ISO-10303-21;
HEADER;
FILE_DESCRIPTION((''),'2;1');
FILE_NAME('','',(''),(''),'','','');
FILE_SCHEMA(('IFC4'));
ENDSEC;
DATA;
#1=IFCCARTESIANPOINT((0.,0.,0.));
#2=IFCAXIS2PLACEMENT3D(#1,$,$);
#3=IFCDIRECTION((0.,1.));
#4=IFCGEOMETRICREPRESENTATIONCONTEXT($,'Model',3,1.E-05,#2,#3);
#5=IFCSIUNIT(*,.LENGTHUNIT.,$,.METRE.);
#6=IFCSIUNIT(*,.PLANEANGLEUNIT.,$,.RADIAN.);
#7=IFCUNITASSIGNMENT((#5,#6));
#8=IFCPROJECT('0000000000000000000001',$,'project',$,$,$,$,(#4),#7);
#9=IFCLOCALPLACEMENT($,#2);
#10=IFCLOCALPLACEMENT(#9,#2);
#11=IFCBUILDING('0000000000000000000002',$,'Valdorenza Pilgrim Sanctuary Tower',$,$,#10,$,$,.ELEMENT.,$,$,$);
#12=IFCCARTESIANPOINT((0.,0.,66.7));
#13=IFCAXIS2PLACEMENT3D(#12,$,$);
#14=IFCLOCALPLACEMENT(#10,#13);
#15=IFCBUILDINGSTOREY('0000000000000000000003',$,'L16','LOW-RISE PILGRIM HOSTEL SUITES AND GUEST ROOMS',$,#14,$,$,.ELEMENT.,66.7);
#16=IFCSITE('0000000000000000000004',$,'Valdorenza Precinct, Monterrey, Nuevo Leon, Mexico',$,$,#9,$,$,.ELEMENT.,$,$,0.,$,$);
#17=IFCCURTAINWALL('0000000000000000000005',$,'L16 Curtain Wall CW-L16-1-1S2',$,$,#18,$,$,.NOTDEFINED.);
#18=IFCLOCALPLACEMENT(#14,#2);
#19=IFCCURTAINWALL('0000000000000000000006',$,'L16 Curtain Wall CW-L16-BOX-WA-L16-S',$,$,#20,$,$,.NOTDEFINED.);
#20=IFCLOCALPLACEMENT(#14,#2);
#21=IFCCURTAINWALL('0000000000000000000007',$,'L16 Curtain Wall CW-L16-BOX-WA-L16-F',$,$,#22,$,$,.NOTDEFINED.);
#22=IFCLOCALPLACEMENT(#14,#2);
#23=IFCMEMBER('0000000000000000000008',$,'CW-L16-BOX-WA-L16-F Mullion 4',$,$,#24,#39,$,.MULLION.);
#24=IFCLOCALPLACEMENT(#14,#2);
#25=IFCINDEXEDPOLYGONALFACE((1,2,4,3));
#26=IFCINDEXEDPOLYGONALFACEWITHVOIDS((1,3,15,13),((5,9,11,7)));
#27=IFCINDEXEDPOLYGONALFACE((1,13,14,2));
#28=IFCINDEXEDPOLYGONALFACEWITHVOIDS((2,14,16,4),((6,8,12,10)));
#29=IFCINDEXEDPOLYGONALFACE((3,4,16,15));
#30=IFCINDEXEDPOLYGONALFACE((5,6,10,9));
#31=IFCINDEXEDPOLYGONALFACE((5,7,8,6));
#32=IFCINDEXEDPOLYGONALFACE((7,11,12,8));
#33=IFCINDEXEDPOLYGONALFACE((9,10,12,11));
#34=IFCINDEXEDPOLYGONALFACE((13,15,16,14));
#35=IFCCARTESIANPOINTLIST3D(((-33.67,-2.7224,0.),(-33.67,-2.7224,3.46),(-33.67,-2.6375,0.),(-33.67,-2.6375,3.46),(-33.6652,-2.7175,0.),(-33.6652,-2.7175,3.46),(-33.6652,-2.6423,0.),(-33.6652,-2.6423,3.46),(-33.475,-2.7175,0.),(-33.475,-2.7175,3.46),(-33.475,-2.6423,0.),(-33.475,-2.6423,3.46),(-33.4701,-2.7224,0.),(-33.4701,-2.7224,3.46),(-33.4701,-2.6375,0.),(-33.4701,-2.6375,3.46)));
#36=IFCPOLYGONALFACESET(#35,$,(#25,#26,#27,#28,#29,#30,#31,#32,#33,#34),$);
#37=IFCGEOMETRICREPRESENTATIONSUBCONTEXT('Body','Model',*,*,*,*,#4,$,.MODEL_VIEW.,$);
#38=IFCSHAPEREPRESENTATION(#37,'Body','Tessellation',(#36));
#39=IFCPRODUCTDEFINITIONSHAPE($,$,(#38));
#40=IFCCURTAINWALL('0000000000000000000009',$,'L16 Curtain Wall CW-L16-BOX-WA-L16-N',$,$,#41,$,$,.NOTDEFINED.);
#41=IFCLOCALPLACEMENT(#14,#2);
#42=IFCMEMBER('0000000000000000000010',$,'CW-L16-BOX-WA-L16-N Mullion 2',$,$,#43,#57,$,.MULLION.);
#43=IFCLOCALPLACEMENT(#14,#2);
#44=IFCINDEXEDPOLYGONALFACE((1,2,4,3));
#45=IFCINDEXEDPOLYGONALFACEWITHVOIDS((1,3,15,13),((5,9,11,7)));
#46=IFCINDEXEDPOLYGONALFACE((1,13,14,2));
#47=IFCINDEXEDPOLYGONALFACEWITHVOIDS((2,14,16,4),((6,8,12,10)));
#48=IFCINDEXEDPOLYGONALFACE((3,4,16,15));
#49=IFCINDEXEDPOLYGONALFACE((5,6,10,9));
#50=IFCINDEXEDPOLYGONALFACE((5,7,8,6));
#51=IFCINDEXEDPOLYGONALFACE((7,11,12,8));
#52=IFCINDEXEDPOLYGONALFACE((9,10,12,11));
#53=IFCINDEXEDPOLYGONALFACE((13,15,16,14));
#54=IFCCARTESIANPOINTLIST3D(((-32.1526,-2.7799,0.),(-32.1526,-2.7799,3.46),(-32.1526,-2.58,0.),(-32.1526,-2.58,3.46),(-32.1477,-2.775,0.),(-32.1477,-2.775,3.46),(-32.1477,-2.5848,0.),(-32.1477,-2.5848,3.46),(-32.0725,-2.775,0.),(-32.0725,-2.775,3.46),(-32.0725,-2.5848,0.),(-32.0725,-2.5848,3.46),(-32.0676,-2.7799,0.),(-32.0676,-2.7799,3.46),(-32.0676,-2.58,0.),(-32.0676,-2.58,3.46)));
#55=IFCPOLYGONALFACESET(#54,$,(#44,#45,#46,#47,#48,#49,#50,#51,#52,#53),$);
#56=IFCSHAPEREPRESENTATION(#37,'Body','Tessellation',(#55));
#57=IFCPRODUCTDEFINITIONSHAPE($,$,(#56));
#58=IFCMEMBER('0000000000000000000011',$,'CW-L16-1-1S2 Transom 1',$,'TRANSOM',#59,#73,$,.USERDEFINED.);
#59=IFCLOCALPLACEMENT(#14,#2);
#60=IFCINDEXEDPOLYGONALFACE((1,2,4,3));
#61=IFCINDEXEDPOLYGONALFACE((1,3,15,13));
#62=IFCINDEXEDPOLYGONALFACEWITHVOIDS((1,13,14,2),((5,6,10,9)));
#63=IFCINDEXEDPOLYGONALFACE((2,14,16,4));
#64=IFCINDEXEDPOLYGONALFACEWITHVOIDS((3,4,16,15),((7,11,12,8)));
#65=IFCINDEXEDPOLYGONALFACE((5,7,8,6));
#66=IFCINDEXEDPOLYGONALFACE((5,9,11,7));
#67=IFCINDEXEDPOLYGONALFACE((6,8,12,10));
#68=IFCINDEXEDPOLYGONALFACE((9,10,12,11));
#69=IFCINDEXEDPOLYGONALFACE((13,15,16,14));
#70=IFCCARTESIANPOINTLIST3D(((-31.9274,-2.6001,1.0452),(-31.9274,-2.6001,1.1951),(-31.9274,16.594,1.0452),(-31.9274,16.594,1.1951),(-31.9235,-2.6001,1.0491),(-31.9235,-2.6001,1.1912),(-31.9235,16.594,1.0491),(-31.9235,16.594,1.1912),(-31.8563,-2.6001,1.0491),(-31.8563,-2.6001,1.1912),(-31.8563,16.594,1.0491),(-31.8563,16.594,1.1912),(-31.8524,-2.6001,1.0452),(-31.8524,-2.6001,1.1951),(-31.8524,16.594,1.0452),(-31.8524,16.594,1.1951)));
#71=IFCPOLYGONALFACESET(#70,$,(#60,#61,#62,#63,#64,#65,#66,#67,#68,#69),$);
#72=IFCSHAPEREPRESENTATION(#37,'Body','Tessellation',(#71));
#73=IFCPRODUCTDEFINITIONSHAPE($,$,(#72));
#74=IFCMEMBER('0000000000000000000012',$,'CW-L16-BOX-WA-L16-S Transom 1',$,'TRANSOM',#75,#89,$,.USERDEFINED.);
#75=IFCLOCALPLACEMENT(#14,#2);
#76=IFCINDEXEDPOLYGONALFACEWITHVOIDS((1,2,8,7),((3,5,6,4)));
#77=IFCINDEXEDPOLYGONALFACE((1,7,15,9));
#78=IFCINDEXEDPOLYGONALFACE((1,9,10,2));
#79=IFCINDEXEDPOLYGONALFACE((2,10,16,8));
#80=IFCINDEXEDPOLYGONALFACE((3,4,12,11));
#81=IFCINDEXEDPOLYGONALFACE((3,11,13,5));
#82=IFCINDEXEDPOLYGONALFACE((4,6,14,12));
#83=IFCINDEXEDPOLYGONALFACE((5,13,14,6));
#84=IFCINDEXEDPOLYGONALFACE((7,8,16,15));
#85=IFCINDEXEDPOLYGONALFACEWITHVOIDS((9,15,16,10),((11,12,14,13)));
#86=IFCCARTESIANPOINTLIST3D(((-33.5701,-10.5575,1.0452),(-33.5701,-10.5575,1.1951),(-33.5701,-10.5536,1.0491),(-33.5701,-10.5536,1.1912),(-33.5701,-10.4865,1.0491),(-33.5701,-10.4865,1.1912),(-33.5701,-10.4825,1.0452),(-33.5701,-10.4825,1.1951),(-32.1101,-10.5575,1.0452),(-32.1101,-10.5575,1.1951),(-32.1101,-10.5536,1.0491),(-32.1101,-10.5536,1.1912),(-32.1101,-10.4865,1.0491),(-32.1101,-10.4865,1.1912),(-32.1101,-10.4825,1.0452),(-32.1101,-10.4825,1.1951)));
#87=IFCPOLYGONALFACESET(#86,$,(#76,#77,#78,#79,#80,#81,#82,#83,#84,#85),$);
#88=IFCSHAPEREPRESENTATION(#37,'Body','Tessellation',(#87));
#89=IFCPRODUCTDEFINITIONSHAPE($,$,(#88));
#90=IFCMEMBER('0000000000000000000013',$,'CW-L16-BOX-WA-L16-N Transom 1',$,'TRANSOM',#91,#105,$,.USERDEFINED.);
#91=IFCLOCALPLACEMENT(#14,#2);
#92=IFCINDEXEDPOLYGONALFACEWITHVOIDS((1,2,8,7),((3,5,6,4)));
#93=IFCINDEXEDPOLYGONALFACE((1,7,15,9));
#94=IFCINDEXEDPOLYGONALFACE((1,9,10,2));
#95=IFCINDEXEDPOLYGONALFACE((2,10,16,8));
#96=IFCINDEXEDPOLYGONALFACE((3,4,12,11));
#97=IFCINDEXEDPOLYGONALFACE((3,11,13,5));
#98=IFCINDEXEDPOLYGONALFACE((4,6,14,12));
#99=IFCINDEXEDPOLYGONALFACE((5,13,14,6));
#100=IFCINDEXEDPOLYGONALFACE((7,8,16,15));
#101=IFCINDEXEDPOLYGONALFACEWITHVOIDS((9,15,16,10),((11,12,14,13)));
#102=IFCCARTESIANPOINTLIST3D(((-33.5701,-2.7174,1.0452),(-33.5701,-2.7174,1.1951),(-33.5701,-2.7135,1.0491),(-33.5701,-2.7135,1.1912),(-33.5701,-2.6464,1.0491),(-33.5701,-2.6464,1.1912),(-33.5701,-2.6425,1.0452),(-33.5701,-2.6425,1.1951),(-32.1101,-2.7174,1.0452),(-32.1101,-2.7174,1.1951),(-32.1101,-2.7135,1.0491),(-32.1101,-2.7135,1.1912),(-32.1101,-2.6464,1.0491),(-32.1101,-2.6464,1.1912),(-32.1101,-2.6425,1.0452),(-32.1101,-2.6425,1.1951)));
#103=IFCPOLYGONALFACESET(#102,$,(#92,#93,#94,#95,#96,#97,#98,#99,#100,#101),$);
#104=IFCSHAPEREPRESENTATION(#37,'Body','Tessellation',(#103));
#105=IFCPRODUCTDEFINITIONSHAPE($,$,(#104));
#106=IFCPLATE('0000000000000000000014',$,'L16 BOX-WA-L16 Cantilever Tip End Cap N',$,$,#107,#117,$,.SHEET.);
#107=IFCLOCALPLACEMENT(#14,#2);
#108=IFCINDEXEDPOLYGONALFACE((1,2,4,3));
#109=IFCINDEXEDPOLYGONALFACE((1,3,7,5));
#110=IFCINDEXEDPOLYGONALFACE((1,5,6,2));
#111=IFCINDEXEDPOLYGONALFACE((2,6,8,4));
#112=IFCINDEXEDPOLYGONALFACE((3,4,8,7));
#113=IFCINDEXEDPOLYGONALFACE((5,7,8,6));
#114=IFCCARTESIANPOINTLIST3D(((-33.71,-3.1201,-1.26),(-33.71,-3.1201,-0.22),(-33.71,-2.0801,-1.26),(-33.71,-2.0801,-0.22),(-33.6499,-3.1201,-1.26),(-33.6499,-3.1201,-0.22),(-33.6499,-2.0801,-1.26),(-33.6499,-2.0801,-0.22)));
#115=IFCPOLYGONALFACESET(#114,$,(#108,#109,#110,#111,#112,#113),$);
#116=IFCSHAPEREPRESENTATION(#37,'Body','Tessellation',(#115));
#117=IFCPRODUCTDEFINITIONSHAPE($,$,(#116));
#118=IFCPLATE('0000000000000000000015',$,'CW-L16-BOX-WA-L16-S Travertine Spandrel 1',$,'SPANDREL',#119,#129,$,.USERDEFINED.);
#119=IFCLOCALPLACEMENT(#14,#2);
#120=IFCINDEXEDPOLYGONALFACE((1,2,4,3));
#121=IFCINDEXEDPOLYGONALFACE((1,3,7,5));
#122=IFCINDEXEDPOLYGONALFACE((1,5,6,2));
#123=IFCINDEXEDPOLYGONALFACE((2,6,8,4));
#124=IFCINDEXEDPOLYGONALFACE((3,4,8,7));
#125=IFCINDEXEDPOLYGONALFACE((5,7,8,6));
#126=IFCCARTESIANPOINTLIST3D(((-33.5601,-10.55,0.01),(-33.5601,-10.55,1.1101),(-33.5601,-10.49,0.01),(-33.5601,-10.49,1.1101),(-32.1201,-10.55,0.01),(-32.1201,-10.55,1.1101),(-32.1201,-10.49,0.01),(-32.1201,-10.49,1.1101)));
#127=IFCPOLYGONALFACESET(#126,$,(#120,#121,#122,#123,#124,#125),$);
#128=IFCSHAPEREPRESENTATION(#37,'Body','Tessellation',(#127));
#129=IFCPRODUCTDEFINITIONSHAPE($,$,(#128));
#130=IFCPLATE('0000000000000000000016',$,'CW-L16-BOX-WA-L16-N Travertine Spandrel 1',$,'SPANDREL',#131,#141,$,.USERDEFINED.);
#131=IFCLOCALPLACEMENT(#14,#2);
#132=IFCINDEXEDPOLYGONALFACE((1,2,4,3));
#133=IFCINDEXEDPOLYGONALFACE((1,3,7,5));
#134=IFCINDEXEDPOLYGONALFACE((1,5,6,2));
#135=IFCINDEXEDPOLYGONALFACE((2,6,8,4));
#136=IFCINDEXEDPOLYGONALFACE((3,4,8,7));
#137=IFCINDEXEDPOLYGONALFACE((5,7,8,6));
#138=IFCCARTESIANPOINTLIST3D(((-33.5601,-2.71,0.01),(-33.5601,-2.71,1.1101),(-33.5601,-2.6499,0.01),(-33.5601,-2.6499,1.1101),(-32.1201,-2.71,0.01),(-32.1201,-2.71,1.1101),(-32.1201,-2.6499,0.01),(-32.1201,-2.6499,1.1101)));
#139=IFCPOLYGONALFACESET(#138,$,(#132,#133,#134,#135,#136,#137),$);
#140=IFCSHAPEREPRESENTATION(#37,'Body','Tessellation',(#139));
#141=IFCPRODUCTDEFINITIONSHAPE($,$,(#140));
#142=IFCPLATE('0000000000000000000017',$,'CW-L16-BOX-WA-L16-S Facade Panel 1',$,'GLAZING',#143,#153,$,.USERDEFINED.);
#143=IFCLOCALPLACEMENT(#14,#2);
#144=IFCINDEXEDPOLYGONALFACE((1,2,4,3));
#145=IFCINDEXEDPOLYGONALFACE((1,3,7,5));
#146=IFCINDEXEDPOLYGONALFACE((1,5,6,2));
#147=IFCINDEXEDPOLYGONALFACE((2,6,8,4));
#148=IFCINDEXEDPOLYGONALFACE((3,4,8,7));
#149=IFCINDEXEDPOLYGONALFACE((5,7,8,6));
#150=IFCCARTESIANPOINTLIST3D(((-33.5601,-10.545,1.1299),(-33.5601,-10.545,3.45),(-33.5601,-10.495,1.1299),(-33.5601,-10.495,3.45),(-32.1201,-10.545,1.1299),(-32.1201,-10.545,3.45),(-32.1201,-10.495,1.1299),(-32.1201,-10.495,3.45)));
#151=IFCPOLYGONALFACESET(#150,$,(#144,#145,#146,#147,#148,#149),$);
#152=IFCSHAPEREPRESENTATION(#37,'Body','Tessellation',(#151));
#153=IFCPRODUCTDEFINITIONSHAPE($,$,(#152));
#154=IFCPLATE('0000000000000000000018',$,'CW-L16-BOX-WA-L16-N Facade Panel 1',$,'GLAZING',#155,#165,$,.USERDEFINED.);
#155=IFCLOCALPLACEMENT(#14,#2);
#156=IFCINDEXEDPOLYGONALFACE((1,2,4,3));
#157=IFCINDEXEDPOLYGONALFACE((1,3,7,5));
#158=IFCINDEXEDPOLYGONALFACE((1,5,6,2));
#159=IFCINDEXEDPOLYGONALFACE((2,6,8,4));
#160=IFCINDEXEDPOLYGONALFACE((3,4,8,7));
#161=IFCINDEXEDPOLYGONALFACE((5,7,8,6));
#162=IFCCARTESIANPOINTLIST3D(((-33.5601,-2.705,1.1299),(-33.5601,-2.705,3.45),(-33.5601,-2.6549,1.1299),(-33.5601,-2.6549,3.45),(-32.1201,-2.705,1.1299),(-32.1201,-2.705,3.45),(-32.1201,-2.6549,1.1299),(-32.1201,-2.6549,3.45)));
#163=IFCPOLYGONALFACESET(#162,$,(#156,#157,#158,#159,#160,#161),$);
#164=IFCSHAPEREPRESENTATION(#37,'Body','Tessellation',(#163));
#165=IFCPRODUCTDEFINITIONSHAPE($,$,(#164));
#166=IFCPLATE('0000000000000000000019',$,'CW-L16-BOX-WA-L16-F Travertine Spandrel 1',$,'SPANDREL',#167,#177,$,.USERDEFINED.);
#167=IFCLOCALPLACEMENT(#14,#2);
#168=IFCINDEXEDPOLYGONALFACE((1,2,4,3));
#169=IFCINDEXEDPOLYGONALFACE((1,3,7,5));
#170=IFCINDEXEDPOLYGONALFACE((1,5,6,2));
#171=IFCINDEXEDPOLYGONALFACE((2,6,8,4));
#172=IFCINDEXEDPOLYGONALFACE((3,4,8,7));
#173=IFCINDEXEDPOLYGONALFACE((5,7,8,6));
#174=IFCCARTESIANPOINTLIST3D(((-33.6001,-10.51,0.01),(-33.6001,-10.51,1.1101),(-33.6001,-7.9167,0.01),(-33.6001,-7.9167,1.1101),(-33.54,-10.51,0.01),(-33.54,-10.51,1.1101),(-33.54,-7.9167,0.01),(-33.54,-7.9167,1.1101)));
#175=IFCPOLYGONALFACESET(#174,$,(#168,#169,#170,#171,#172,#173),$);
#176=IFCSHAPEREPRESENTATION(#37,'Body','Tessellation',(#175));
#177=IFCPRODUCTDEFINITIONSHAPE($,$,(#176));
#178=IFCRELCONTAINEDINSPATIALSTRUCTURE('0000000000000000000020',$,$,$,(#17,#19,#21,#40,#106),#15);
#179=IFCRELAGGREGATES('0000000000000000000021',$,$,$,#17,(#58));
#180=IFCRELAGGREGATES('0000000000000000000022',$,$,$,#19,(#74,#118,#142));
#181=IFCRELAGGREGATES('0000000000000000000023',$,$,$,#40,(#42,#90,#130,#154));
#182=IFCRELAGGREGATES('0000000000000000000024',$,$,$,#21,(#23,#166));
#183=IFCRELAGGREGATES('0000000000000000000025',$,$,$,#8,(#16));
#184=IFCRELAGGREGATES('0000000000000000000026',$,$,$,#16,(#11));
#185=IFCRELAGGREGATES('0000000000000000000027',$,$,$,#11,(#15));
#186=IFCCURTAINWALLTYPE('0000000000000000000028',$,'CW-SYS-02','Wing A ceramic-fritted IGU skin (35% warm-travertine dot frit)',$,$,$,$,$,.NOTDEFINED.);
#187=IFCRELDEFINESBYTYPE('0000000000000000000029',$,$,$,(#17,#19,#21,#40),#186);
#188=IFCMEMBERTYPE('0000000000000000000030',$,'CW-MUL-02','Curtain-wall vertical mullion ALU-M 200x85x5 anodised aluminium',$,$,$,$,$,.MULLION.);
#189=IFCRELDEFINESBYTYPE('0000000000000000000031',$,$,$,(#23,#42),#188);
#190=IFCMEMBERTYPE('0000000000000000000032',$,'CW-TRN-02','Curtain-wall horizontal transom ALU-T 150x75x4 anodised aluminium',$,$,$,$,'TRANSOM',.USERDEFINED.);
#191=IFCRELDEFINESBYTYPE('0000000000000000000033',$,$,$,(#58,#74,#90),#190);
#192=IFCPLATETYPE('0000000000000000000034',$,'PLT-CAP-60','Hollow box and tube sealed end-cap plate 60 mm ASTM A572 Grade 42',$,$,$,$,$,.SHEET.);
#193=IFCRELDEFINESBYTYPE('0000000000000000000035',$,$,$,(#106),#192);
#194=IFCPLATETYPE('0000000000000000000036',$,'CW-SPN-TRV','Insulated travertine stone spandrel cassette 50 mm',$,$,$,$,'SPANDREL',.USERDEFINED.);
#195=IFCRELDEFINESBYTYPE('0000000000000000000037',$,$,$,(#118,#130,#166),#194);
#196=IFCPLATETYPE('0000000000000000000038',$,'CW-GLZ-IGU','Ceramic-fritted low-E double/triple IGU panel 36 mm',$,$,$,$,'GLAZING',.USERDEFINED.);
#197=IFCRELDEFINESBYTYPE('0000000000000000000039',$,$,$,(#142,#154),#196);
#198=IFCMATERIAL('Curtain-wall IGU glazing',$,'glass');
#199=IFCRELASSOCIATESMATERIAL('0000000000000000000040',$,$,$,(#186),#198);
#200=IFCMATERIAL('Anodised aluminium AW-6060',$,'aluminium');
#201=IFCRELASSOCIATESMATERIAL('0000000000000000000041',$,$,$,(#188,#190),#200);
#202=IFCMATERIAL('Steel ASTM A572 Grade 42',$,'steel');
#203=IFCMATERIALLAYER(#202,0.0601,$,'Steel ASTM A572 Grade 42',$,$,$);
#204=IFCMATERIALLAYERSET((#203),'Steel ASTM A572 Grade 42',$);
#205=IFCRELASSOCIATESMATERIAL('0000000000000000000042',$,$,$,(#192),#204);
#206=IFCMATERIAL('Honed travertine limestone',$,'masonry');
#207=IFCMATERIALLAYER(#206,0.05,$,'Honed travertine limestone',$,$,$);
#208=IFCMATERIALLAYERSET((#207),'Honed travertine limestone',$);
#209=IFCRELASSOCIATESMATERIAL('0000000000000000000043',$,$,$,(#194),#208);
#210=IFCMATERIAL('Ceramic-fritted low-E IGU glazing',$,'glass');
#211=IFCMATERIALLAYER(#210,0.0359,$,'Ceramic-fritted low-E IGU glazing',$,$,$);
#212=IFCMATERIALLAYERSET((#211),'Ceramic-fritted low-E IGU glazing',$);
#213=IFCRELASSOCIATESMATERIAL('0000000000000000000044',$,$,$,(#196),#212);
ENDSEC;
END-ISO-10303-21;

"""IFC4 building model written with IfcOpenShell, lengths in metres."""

from ifc_helpers import new_model, si_unit, direction, frame, origin, origin_2d, place, context, subcontext, project, spatial, rectangle, hollow_rectangle, extrude, source, transform, mapped, material, layer, layer_set, material_profile, profile_set, type_object, element, aggregate, save


model = new_model("IFC4")

# Units and contexts
model_context = context("Model", 3, precision=1e-05, world=origin(), true_north=direction((0.0, 1.0)))
body_context = subcontext(model_context, "Body", "Model", "MODEL_VIEW")
ifc_project = project(units=[si_unit("LENGTHUNIT", "METRE"), si_unit("PLANEANGLEUNIT", "RADIAN")], contexts=[model_context])

# Site, building, storey
site_placement = place(None, origin())
site = spatial("IfcSite", under=ifc_project, at=site_placement, Name="Valdorenza Precinct, Monterrey, Nuevo Leon, Mexico", CompositionType="ELEMENT", RefElevation=0.0)
building_placement = place(site_placement, origin())
building = spatial("IfcBuilding", under=site, at=building_placement, Name="Valdorenza Pilgrim Sanctuary Tower", CompositionType="ELEMENT")
storey_placement = place(building_placement, frame((0.0, 0.0, 66.7)))
storey = spatial("IfcBuildingStorey", under=building, at=storey_placement, Name="L16", Description="LOW-RISE PILGRIM HOSTEL SUITES AND GUEST ROOMS", CompositionType="ELEMENT", Elevation=66.7)

# Shared definitions
ifc_material_1 = material(Name="Steel ASTM A572 Grade 42", Category="steel")

# Curtain walls
ifc_material_2 = material(Name="Curtain-wall IGU glazing", Category="glass")
curtain_wall_type = type_object("IfcCurtainWallType", Name="CW-SYS-02", Description="Wing A ceramic-fritted IGU skin (35% warm-travertine dot frit)", PredefinedType="NOTDEFINED", material=ifc_material_2)
curtain_wall_1_placement = place(storey_placement, origin())
curtain_wall_1 = element("IfcCurtainWall", 1, at=curtain_wall_1_placement, inside=storey, type_object=curtain_wall_type, Name="L16 Curtain Wall CW-L16-1-1S2", PredefinedType="NOTDEFINED")
ifc_material_3 = material(Name="Anodised aluminium AW-6060", Category="aluminium")
ifc_material_profile_1 = material_profile(ifc_material_3, hollow_rectangle(XDim=0.085, YDim=0.2, WallThickness=0.0049, at=origin_2d()), Name="ALU-M 200x85x5")
ifc_profile_set_1 = profile_set([ifc_material_profile_1], Name="Anodised aluminium AW-6060")
member_type_1 = type_object("IfcMemberType", Name="CW-MUL-02", Description="Curtain-wall vertical mullion ALU-M 200x85x5 anodised aluminium", PredefinedType="MULLION", material=ifc_profile_set_1)
shared_shape_1 = source(origin(), body_context, "Body", "SweptSolid", [
    extrude(hollow_rectangle(XDim=0.085, YDim=0.2, WallThickness=0.0049, at=origin_2d()), origin(), (0.0, 0.0, 1.0), 3.46),
])
curtain_wall_2_placement = place(storey_placement, origin())
curtain_wall_2 = element("IfcCurtainWall", 2, at=curtain_wall_2_placement, inside=storey, type_object=curtain_wall_type, Name="L16 Curtain Wall CW-L16-BOX-WA-L16-S", PredefinedType="NOTDEFINED")

# Curtain wall, member
curtain_wall_3_placement = place(storey_placement, origin())
curtain_wall_3 = element("IfcCurtainWall", 3, at=curtain_wall_3_placement, inside=storey, type_object=curtain_wall_type, Name="L16 Curtain Wall CW-L16-BOX-WA-L16-F", PredefinedType="NOTDEFINED")
member_1_placement = place(storey_placement, frame((-33.5701, -2.6799, 0.0), z_axis=(0.0, 0.0, 1.0), x_axis=(0.0, 1.0, 0.0)))
member_1 = element("IfcMember", 4, at=member_1_placement, type_object=member_type_1, Name="CW-L16-BOX-WA-L16-F Mullion 4", PredefinedType="MULLION", context=body_context, shape_type="MappedRepresentation", body=[
    mapped(shared_shape_1, transform((0.0, 0.0, 0.0), x_axis=(1.0, 0.0, 0.0), y_axis=(0.0, 1.0, 0.0), z_axis=(0.0, 0.0, 1.0), scale=1.0)),
])

# Curtain wall, member
curtain_wall_4_placement = place(storey_placement, origin())
curtain_wall_4 = element("IfcCurtainWall", 5, at=curtain_wall_4_placement, inside=storey, type_object=curtain_wall_type, Name="L16 Curtain Wall CW-L16-BOX-WA-L16-N", PredefinedType="NOTDEFINED")
member_2_placement = place(storey_placement, frame((-32.1101, -2.6799, 0.0), z_axis=(0.0, 0.0, 1.0), x_axis=(1.0, 0.0, 0.0)))
member_2 = element("IfcMember", 6, at=member_2_placement, type_object=member_type_1, Name="CW-L16-BOX-WA-L16-N Mullion 2", PredefinedType="MULLION", context=body_context, shape_type="MappedRepresentation", body=[
    mapped(shared_shape_1, transform((0.0, 0.0, 0.0), x_axis=(1.0, 0.0, 0.0), y_axis=(0.0, 1.0, 0.0), z_axis=(0.0, 0.0, 1.0), scale=1.0)),
])

# Members
ifc_material_profile_2 = material_profile(ifc_material_3, hollow_rectangle(XDim=0.075, YDim=0.1499, WallThickness=0.0039, at=origin_2d()), Name="ALU-T 150x75x4")
ifc_profile_set_2 = profile_set([ifc_material_profile_2], Name="Anodised aluminium AW-6060")
member_type_2 = type_object("IfcMemberType", Name="CW-TRN-02", Description="Curtain-wall horizontal transom ALU-T 150x75x4 anodised aluminium", ElementType="TRANSOM", PredefinedType="USERDEFINED", material=ifc_profile_set_2)
shared_shape_2 = source(origin(), body_context, "Body", "SweptSolid", [
    extrude(hollow_rectangle(XDim=0.075, YDim=0.1499, WallThickness=0.0039, at=origin_2d()), origin(), (0.0, 0.0, 1.0), 19.1941),
])
member_3_placement = place(storey_placement, frame((-31.8899, -2.6001, 1.1201), z_axis=(0.0, 1.0, 0.0), x_axis=(-1.0, 0.0, 0.0)))
member_3 = element("IfcMember", 7, at=member_3_placement, type_object=member_type_2, Name="CW-L16-1-1S2 Transom 1", ObjectType="TRANSOM", PredefinedType="USERDEFINED", context=body_context, shape_type="MappedRepresentation", body=[
    mapped(shared_shape_2, transform((0.0, 0.0, 0.0), x_axis=(1.0, 0.0, 0.0), y_axis=(0.0, 1.0, 0.0), z_axis=(0.0, 0.0, 1.0), scale=1.0)),
])
aggregate(curtain_wall_1, [member_3])
shared_shape_3 = source(origin(), body_context, "Body", "SweptSolid", [
    extrude(hollow_rectangle(XDim=0.075, YDim=0.1499, WallThickness=0.0039, at=origin_2d()), origin(), (0.0, 0.0, 1.0), 1.46),
])
member_4_placement = place(storey_placement, frame((-32.1101, -10.52, 1.1201), z_axis=(-1.0, 0.0, 0.0), x_axis=(0.0, -1.0, 0.0)))
member_4 = element("IfcMember", 8, at=member_4_placement, type_object=member_type_2, Name="CW-L16-BOX-WA-L16-S Transom 1", ObjectType="TRANSOM", PredefinedType="USERDEFINED", context=body_context, shape_type="MappedRepresentation", body=[
    mapped(shared_shape_3, transform((0.0, 0.0, 0.0), x_axis=(1.0, 0.0, 0.0), y_axis=(0.0, 1.0, 0.0), z_axis=(0.0, 0.0, 1.0), scale=1.0)),
])
member_5_placement = place(storey_placement, frame((-33.5701, -2.6799, 1.1201), z_axis=(1.0, 0.0, 0.0), x_axis=(0.0, 1.0, 0.0)))
member_5 = element("IfcMember", 9, at=member_5_placement, type_object=member_type_2, Name="CW-L16-BOX-WA-L16-N Transom 1", ObjectType="TRANSOM", PredefinedType="USERDEFINED", context=body_context, shape_type="MappedRepresentation", body=[
    mapped(shared_shape_3, transform((0.0, 0.0, 0.0), x_axis=(1.0, 0.0, 0.0), y_axis=(0.0, 1.0, 0.0), z_axis=(0.0, 0.0, 1.0), scale=1.0)),
])

# Plates
ifc_layer_1 = layer(ifc_material_1, 0.0601, Name="Steel ASTM A572 Grade 42")
ifc_layer_set_1 = layer_set([ifc_layer_1], Name="Steel ASTM A572 Grade 42")
plate_type_1 = type_object("IfcPlateType", Name="PLT-CAP-60", Description="Hollow box and tube sealed end-cap plate 60 mm ASTM A572 Grade 42", PredefinedType="SHEET", material=ifc_layer_set_1)
shared_shape_4 = source(origin(), body_context, "Body", "SweptSolid", [
    extrude(rectangle(XDim=0.0601, YDim=1.04, at=origin_2d()), origin(), (0.0, 0.0, 1.0), 1.04),
])
plate_1_placement = place(storey_placement, frame((-33.6799, -2.6001, -1.26), z_axis=(0.0, 0.0, 1.0), x_axis=(1.0, 0.0, 0.0)))
element("IfcPlate", 10, at=plate_1_placement, inside=storey, type_object=plate_type_1, Name="L16 BOX-WA-L16 Cantilever Tip End Cap N", PredefinedType="SHEET", context=body_context, shape_type="MappedRepresentation", body=[
    mapped(shared_shape_4, transform((0.0, 0.0, 0.0), x_axis=(1.0, 0.0, 0.0), y_axis=(0.0, 1.0, 0.0), z_axis=(0.0, 0.0, 1.0), scale=1.0)),
])
ifc_material_4 = material(Name="Honed travertine limestone", Category="masonry")
ifc_layer_2 = layer(ifc_material_4, 0.05, Name="Honed travertine limestone")
ifc_layer_set_2 = layer_set([ifc_layer_2], Name="Honed travertine limestone")
plate_type_2 = type_object("IfcPlateType", Name="CW-SPN-TRV", Description="Insulated travertine stone spandrel cassette 50 mm", ElementType="SPANDREL", PredefinedType="USERDEFINED", material=ifc_layer_set_2)
shared_shape_5 = source(origin(), body_context, "Body", "SweptSolid", [
    extrude(rectangle(XDim=1.4399, YDim=0.0601, at=origin_2d()), origin(), (0.0, 0.0, 1.0), 1.1001),
])
plate_2_placement = place(storey_placement, frame((-32.8401, -10.52, 0.01), z_axis=(0.0, 0.0, 1.0), x_axis=(-1.0, 0.0, 0.0)))
plate_2 = element("IfcPlate", 11, at=plate_2_placement, type_object=plate_type_2, Name="CW-L16-BOX-WA-L16-S Travertine Spandrel 1", ObjectType="SPANDREL", PredefinedType="USERDEFINED", context=body_context, shape_type="MappedRepresentation", body=[
    mapped(shared_shape_5, transform((0.0, 0.0, 0.0), x_axis=(1.0, 0.0, 0.0), y_axis=(0.0, 1.0, 0.0), z_axis=(0.0, 0.0, 1.0), scale=1.0)),
])
plate_3_placement = place(storey_placement, frame((-32.8401, -2.6799, 0.01), z_axis=(0.0, 0.0, 1.0), x_axis=(1.0, 0.0, 0.0)))
plate_3 = element("IfcPlate", 12, at=plate_3_placement, type_object=plate_type_2, Name="CW-L16-BOX-WA-L16-N Travertine Spandrel 1", ObjectType="SPANDREL", PredefinedType="USERDEFINED", context=body_context, shape_type="MappedRepresentation", body=[
    mapped(shared_shape_5, transform((0.0, 0.0, 0.0), x_axis=(1.0, 0.0, 0.0), y_axis=(0.0, 1.0, 0.0), z_axis=(0.0, 0.0, 1.0), scale=1.0)),
])
ifc_material_5 = material(Name="Ceramic-fritted low-E IGU glazing", Category="glass")
ifc_layer_3 = layer(ifc_material_5, 0.0359, Name="Ceramic-fritted low-E IGU glazing")
ifc_layer_set_3 = layer_set([ifc_layer_3], Name="Ceramic-fritted low-E IGU glazing")
plate_type_3 = type_object("IfcPlateType", Name="CW-GLZ-IGU", Description="Ceramic-fritted low-E double/triple IGU panel 36 mm", ElementType="GLAZING", PredefinedType="USERDEFINED", material=ifc_layer_set_3)
shared_shape_6 = source(origin(), body_context, "Body", "SweptSolid", [
    extrude(rectangle(XDim=1.4399, YDim=0.05, at=origin_2d()), origin(), (0.0, 0.0, 1.0), 2.3201),
])
plate_4_placement = place(storey_placement, frame((-32.8401, -10.52, 1.1299), z_axis=(0.0, 0.0, 1.0), x_axis=(-1.0, 0.0, 0.0)))
plate_4 = element("IfcPlate", 13, at=plate_4_placement, type_object=plate_type_3, Name="CW-L16-BOX-WA-L16-S Facade Panel 1", ObjectType="GLAZING", PredefinedType="USERDEFINED", context=body_context, shape_type="MappedRepresentation", body=[
    mapped(shared_shape_6, transform((0.0, 0.0, 0.0), x_axis=(1.0, 0.0, 0.0), y_axis=(0.0, 1.0, 0.0), z_axis=(0.0, 0.0, 1.0), scale=1.0)),
])
aggregate(curtain_wall_2, [member_4, plate_2, plate_4])
plate_5_placement = place(storey_placement, frame((-32.8401, -2.6799, 1.1299), z_axis=(0.0, 0.0, 1.0), x_axis=(1.0, 0.0, 0.0)))
plate_5 = element("IfcPlate", 14, at=plate_5_placement, type_object=plate_type_3, Name="CW-L16-BOX-WA-L16-N Facade Panel 1", ObjectType="GLAZING", PredefinedType="USERDEFINED", context=body_context, shape_type="MappedRepresentation", body=[
    mapped(shared_shape_6, transform((0.0, 0.0, 0.0), x_axis=(1.0, 0.0, 0.0), y_axis=(0.0, 1.0, 0.0), z_axis=(0.0, 0.0, 1.0), scale=1.0)),
])
aggregate(curtain_wall_4, [member_2, member_5, plate_3, plate_5])
shared_shape_7 = source(origin(), body_context, "Body", "SweptSolid", [
    extrude(rectangle(XDim=2.5933, YDim=0.0601, at=origin_2d()), origin(), (0.0, 0.0, 1.0), 1.1001),
])
plate_6_placement = place(storey_placement, frame((-33.5701, -9.2134, 0.01), z_axis=(0.0, 0.0, 1.0), x_axis=(0.0, 1.0, 0.0)))
plate_6 = element("IfcPlate", 15, at=plate_6_placement, type_object=plate_type_2, Name="CW-L16-BOX-WA-L16-F Travertine Spandrel 1", ObjectType="SPANDREL", PredefinedType="USERDEFINED", context=body_context, shape_type="MappedRepresentation", body=[
    mapped(shared_shape_7, transform((0.0, 0.0, 0.0), x_axis=(1.0, 0.0, 0.0), y_axis=(0.0, 1.0, 0.0), z_axis=(0.0, 0.0, 1.0), scale=1.0)),
])
aggregate(curtain_wall_3, [member_1, plate_6])

save(model, "model.ifc")
